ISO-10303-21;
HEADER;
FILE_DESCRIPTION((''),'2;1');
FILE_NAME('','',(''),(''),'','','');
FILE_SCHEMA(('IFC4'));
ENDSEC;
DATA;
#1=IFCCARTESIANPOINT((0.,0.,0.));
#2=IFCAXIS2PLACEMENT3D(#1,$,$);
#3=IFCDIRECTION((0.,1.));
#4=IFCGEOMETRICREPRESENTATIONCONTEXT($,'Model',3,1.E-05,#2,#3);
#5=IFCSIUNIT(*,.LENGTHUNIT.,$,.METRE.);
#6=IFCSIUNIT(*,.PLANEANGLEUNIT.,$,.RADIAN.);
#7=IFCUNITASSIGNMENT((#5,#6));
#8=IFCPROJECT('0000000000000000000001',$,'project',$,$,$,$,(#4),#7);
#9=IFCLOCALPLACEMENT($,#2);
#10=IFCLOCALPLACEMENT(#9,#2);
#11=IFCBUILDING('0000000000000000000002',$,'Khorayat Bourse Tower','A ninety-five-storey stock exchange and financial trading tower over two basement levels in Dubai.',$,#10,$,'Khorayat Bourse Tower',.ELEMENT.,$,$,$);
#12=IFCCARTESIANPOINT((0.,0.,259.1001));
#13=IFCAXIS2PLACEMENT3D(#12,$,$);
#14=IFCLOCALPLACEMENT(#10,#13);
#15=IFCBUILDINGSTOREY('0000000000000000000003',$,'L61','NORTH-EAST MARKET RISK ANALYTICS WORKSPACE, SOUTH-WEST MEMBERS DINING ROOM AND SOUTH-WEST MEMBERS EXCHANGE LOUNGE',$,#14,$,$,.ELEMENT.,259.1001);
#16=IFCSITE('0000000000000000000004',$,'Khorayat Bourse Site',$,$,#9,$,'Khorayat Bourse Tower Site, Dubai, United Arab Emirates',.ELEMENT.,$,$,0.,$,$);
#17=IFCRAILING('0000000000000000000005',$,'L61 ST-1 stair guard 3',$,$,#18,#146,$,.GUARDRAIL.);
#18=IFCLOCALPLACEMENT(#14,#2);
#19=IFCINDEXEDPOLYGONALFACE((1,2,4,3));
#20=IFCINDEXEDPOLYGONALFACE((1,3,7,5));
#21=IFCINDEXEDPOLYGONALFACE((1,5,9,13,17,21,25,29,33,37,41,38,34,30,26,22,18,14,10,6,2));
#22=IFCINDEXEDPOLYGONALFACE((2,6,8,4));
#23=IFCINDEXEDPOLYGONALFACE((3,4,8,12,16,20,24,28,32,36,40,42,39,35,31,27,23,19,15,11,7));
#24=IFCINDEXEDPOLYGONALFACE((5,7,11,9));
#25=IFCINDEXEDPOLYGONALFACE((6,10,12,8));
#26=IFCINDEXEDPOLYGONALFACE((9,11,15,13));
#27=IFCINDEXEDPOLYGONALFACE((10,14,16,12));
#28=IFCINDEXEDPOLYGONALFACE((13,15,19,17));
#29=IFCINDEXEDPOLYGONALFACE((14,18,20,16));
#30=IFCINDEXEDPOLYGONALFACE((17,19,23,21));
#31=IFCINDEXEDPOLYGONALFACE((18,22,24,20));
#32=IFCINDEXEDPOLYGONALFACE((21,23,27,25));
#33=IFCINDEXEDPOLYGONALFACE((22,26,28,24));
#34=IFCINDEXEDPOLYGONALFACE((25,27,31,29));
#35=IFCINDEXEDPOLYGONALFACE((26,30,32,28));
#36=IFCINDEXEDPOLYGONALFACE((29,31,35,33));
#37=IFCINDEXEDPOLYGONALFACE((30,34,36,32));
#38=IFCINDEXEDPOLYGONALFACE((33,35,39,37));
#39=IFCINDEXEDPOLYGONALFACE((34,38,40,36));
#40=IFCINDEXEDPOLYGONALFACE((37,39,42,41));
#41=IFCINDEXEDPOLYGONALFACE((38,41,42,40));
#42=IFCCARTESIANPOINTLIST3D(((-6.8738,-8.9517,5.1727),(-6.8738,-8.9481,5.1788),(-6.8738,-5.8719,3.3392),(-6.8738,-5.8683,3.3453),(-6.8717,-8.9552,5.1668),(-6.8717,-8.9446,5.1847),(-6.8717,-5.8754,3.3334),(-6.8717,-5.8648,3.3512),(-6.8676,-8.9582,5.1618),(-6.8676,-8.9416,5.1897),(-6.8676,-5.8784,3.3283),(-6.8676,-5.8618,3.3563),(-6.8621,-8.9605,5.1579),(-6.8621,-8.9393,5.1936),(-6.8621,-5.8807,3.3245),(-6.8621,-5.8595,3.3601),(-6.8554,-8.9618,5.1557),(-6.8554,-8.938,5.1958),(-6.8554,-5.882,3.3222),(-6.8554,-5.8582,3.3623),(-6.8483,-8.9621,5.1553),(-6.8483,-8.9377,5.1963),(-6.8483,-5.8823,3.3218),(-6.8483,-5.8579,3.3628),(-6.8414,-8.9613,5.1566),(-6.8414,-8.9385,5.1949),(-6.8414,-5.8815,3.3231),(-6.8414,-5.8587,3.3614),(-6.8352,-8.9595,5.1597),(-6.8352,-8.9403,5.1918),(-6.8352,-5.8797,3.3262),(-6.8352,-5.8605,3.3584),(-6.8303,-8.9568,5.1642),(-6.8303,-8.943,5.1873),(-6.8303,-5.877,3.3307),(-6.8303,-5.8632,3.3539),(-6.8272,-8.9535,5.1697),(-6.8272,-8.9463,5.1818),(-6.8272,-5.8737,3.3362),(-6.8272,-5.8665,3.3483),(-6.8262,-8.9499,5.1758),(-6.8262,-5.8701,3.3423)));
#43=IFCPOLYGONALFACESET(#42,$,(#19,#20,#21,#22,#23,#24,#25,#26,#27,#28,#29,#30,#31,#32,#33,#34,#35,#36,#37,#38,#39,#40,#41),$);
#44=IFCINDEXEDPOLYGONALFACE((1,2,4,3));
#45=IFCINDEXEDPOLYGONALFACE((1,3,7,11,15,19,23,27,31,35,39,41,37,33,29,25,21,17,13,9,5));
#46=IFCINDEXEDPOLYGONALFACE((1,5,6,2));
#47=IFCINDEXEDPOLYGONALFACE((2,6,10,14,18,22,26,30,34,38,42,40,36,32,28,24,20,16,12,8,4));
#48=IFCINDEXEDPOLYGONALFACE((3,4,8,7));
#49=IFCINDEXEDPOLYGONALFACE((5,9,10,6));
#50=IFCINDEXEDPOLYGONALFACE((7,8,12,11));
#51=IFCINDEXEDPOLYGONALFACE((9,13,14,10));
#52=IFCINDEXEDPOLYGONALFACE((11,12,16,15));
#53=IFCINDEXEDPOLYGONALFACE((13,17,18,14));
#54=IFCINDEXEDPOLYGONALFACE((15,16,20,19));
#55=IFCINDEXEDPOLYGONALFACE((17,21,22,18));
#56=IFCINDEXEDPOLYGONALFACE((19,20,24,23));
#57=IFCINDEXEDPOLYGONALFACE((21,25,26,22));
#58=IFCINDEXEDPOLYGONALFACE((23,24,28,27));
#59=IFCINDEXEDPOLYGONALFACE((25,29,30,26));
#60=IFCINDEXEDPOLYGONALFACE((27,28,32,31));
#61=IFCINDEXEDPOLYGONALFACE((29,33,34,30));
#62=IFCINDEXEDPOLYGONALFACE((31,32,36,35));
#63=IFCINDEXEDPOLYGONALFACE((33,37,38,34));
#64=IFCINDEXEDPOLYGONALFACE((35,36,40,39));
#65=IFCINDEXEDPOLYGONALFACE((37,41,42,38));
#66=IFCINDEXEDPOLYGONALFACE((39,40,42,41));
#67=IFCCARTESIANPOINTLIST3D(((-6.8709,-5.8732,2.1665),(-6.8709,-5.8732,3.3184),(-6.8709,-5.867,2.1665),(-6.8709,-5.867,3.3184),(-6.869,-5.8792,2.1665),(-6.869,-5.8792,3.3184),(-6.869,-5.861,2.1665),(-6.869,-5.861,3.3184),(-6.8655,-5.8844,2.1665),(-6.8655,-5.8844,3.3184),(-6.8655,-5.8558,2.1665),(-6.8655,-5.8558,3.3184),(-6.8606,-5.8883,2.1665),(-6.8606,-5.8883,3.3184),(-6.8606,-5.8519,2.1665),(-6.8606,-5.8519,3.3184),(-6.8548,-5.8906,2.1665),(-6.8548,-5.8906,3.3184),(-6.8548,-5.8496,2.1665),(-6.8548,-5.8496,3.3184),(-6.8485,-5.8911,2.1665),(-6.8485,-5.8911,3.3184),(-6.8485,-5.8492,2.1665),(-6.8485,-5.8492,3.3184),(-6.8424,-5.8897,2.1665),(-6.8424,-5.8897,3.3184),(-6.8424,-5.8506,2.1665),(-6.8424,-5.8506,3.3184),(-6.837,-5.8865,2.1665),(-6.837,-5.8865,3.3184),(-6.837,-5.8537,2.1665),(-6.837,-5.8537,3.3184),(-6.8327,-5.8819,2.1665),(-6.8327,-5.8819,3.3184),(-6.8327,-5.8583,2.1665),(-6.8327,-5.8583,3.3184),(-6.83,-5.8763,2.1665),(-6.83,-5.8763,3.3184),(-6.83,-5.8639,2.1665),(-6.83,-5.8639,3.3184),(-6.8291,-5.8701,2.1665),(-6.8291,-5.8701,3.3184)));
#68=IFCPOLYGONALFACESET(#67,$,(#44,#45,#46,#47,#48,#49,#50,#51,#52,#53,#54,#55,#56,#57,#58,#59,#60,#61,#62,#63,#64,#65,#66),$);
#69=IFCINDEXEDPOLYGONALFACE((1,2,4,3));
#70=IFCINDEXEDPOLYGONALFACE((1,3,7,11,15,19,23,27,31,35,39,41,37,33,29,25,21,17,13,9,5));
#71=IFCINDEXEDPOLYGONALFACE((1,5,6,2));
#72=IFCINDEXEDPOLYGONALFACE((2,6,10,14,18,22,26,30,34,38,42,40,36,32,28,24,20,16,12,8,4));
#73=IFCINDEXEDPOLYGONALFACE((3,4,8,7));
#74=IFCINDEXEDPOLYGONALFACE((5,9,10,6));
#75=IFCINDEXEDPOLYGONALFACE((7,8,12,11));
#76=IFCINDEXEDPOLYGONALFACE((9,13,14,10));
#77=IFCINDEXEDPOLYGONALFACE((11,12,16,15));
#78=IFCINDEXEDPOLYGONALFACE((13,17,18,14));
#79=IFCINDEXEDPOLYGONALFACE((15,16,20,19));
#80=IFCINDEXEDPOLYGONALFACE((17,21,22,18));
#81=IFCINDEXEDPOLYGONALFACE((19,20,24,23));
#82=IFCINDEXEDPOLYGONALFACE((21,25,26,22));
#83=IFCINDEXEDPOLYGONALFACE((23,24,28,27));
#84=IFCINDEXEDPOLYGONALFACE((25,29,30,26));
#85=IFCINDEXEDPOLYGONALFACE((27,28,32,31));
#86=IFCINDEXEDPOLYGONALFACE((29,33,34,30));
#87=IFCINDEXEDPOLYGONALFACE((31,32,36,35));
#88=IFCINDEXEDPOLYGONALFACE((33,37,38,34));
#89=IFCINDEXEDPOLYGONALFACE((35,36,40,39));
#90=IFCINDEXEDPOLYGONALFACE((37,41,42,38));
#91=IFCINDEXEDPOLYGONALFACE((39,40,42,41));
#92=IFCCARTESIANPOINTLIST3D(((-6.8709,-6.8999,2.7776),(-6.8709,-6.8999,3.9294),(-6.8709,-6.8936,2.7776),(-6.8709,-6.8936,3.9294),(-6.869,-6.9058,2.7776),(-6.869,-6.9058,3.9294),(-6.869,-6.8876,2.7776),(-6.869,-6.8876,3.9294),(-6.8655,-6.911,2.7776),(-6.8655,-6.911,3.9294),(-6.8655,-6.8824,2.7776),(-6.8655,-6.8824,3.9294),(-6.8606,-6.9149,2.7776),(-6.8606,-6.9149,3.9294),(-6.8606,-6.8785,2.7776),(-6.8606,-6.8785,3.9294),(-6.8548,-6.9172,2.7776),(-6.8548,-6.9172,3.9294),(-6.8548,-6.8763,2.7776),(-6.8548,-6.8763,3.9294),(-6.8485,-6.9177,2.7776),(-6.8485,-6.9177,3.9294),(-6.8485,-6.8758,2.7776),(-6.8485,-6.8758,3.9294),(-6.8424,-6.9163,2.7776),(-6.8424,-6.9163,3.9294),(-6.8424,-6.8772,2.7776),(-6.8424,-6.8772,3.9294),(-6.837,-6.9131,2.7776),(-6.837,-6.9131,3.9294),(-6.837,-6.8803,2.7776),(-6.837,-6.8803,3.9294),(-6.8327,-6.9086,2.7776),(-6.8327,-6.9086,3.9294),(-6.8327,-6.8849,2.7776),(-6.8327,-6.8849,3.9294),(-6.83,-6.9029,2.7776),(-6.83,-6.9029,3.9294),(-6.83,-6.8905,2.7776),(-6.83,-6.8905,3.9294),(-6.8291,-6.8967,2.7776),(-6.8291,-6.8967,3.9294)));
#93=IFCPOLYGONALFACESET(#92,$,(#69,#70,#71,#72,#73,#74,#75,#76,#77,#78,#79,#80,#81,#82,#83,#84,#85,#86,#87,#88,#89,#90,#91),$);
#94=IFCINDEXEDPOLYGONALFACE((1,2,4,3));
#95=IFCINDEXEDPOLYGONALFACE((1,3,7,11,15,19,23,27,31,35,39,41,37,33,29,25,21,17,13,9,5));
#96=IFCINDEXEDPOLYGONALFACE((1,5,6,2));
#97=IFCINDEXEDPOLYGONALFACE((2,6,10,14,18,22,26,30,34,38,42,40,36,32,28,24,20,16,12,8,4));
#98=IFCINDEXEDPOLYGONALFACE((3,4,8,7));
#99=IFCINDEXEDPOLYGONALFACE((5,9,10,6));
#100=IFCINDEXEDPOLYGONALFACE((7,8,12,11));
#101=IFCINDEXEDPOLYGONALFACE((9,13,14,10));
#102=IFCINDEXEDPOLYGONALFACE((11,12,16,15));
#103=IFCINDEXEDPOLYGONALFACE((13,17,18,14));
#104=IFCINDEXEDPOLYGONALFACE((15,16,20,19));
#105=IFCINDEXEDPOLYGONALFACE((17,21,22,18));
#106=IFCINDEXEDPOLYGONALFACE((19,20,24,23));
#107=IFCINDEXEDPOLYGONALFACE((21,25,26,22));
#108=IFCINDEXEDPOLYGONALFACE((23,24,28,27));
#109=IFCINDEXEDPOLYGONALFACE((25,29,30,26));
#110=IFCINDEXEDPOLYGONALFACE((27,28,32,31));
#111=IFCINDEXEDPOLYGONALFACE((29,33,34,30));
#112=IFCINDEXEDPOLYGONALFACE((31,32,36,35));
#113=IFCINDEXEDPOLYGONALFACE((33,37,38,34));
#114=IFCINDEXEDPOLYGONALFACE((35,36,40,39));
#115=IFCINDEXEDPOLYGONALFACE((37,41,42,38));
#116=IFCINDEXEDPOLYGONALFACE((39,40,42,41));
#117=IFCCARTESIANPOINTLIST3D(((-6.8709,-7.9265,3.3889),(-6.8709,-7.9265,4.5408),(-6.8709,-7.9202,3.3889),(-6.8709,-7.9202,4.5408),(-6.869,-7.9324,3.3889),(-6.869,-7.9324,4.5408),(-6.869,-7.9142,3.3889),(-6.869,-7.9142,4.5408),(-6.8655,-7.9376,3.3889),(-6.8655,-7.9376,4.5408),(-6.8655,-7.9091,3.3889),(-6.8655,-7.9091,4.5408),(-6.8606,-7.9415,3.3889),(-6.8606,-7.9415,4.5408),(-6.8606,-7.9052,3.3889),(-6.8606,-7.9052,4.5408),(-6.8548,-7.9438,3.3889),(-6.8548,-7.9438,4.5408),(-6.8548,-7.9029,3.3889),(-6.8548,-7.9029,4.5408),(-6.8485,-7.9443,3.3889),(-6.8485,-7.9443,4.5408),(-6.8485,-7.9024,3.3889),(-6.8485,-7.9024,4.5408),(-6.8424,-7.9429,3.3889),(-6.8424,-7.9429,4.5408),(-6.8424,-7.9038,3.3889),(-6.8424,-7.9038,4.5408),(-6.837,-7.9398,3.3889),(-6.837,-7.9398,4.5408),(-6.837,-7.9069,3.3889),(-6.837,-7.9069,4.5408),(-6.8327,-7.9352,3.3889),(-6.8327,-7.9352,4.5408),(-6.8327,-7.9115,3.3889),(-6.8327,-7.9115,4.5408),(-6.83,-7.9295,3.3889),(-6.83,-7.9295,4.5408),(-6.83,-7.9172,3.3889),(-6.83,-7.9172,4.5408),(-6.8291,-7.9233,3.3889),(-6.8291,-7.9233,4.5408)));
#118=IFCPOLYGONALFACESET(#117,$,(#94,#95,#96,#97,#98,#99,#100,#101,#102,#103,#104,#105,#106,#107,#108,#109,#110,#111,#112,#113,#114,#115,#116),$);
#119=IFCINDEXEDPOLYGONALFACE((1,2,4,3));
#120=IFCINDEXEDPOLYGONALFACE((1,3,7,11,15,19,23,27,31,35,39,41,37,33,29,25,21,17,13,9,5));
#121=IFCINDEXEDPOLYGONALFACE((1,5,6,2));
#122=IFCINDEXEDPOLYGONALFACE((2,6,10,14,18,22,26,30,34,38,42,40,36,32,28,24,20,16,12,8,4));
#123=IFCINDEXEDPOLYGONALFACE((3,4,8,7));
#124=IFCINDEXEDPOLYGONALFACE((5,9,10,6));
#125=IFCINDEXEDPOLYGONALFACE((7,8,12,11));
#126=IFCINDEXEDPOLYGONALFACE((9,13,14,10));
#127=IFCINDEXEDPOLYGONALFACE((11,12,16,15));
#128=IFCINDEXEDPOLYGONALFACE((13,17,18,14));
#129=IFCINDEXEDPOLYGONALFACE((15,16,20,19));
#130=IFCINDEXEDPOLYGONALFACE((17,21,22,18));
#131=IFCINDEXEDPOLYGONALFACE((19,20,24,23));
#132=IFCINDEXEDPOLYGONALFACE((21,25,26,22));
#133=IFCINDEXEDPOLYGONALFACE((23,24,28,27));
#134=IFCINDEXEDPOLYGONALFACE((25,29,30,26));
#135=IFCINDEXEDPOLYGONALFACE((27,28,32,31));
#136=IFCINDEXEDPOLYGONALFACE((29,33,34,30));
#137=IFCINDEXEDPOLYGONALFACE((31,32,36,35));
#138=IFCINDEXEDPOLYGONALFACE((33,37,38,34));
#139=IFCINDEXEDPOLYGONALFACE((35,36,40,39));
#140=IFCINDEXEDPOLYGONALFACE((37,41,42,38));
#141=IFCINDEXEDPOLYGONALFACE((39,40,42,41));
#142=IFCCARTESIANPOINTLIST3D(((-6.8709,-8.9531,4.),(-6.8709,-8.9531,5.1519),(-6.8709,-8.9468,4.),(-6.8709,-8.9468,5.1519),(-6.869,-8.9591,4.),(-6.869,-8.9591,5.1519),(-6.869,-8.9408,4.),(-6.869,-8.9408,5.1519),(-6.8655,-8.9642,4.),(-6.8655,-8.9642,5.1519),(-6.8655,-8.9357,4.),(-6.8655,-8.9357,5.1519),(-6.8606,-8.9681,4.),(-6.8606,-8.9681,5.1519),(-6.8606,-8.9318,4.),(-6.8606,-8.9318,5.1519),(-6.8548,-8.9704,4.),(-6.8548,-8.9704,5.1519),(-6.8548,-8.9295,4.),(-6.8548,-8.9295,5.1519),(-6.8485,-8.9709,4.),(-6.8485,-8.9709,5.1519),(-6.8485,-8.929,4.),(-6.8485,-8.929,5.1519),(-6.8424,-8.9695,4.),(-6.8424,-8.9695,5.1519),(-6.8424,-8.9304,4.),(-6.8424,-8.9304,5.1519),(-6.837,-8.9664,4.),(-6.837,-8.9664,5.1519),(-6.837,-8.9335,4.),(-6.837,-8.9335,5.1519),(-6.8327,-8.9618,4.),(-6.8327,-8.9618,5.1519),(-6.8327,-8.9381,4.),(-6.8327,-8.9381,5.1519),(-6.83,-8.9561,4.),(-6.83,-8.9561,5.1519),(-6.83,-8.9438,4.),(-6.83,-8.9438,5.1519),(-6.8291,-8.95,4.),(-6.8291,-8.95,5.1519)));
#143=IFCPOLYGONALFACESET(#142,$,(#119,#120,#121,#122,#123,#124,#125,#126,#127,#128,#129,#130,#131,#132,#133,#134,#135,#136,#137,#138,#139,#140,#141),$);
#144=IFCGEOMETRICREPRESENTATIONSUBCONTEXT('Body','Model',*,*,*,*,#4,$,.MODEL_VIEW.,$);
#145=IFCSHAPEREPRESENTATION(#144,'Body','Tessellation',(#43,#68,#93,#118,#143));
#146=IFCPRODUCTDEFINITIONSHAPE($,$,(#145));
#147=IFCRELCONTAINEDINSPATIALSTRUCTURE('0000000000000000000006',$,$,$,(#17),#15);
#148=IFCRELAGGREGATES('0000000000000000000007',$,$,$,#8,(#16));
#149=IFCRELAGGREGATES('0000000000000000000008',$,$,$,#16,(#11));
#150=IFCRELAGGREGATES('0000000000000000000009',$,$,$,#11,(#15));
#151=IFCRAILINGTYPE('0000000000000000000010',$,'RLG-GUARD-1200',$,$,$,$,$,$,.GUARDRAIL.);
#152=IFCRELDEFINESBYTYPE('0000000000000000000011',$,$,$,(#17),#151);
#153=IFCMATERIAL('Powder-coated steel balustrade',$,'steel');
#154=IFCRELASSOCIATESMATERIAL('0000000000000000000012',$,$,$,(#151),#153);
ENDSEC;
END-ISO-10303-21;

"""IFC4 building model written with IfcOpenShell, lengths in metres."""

from ifc_helpers import new_model, si_unit, direction, frame, origin, origin_2d, place, context, subcontext, project, spatial, circle, extrude, source, transform, mapped, material, type_object, element, save


model = new_model("IFC4")

# Units and contexts
model_context = context("Model", 3, precision=1e-05, world=origin(), true_north=direction((0.0, 1.0)))
body_context = subcontext(model_context, "Body", "Model", "MODEL_VIEW")
ifc_project = project(units=[si_unit("LENGTHUNIT", "METRE"), si_unit("PLANEANGLEUNIT", "RADIAN")], contexts=[model_context])

# Site, building, storey
site_placement = place(None, origin())
site = spatial("IfcSite", under=ifc_project, at=site_placement, Name="Khorayat Bourse Site", LongName="Khorayat Bourse Tower Site, Dubai, United Arab Emirates", CompositionType="ELEMENT", RefElevation=0.0)
building_placement = place(site_placement, origin())
building = spatial("IfcBuilding", under=site, at=building_placement, Name="Khorayat Bourse Tower", Description="A ninety-five-storey stock exchange and financial trading tower over two basement levels in Dubai.", LongName="Khorayat Bourse Tower", CompositionType="ELEMENT")
storey_placement = place(building_placement, frame((0.0, 0.0, 259.1001)))
storey = spatial("IfcBuildingStorey", under=building, at=storey_placement, Name="L61", Description="NORTH-EAST MARKET RISK ANALYTICS WORKSPACE, SOUTH-WEST MEMBERS DINING ROOM AND SOUTH-WEST MEMBERS EXCHANGE LOUNGE", CompositionType="ELEMENT", Elevation=259.1001)

# Railing
ifc_material_1 = material(Name="Powder-coated steel balustrade", Category="steel")
railing_type_1 = type_object("IfcRailingType", Name="RLG-GUARD-1200", PredefinedType="GUARDRAIL", material=ifc_material_1)
shared_shape_1 = source(origin(), body_context, "Body", "SweptSolid", [
    extrude(circle(Radius=0.0239, at=origin_2d()), frame((0.0, 0.0, 1.1758), z_axis=(0.0, -0.859261, 0.511538), x_axis=(1.0, 0.0, 0.0)), (0.0, 0.0, 1.0), 3.5842),
    extrude(circle(Radius=0.021, at=origin_2d()), origin(), (0.0, 0.0, 1.0), 1.1519),
    extrude(circle(Radius=0.021, at=origin_2d()), frame((0.0, -1.0266, 0.6111)), (0.0, 0.0, 1.0), 1.1519),
    extrude(circle(Radius=0.021, at=origin_2d()), frame((0.0, -2.0532, 1.2224)), (0.0, 0.0, 1.0), 1.1519),
    extrude(circle(Radius=0.021, at=origin_2d()), frame((0.0, -3.0798, 1.8335)), (0.0, 0.0, 1.0), 1.1519),
])
railing_1_placement = place(storey_placement, frame((-6.8501, -5.8701, 2.1665)))
element("IfcRailing", 1, at=railing_1_placement, inside=storey, type_object=railing_type_1, Name="L61 ST-1 stair guard 3", PredefinedType="GUARDRAIL", context=body_context, shape_type="MappedRepresentation", body=[
    mapped(shared_shape_1, transform((0.0, 0.0, 0.0), scale=1.0)),
])

save(model, "model.ifc")
